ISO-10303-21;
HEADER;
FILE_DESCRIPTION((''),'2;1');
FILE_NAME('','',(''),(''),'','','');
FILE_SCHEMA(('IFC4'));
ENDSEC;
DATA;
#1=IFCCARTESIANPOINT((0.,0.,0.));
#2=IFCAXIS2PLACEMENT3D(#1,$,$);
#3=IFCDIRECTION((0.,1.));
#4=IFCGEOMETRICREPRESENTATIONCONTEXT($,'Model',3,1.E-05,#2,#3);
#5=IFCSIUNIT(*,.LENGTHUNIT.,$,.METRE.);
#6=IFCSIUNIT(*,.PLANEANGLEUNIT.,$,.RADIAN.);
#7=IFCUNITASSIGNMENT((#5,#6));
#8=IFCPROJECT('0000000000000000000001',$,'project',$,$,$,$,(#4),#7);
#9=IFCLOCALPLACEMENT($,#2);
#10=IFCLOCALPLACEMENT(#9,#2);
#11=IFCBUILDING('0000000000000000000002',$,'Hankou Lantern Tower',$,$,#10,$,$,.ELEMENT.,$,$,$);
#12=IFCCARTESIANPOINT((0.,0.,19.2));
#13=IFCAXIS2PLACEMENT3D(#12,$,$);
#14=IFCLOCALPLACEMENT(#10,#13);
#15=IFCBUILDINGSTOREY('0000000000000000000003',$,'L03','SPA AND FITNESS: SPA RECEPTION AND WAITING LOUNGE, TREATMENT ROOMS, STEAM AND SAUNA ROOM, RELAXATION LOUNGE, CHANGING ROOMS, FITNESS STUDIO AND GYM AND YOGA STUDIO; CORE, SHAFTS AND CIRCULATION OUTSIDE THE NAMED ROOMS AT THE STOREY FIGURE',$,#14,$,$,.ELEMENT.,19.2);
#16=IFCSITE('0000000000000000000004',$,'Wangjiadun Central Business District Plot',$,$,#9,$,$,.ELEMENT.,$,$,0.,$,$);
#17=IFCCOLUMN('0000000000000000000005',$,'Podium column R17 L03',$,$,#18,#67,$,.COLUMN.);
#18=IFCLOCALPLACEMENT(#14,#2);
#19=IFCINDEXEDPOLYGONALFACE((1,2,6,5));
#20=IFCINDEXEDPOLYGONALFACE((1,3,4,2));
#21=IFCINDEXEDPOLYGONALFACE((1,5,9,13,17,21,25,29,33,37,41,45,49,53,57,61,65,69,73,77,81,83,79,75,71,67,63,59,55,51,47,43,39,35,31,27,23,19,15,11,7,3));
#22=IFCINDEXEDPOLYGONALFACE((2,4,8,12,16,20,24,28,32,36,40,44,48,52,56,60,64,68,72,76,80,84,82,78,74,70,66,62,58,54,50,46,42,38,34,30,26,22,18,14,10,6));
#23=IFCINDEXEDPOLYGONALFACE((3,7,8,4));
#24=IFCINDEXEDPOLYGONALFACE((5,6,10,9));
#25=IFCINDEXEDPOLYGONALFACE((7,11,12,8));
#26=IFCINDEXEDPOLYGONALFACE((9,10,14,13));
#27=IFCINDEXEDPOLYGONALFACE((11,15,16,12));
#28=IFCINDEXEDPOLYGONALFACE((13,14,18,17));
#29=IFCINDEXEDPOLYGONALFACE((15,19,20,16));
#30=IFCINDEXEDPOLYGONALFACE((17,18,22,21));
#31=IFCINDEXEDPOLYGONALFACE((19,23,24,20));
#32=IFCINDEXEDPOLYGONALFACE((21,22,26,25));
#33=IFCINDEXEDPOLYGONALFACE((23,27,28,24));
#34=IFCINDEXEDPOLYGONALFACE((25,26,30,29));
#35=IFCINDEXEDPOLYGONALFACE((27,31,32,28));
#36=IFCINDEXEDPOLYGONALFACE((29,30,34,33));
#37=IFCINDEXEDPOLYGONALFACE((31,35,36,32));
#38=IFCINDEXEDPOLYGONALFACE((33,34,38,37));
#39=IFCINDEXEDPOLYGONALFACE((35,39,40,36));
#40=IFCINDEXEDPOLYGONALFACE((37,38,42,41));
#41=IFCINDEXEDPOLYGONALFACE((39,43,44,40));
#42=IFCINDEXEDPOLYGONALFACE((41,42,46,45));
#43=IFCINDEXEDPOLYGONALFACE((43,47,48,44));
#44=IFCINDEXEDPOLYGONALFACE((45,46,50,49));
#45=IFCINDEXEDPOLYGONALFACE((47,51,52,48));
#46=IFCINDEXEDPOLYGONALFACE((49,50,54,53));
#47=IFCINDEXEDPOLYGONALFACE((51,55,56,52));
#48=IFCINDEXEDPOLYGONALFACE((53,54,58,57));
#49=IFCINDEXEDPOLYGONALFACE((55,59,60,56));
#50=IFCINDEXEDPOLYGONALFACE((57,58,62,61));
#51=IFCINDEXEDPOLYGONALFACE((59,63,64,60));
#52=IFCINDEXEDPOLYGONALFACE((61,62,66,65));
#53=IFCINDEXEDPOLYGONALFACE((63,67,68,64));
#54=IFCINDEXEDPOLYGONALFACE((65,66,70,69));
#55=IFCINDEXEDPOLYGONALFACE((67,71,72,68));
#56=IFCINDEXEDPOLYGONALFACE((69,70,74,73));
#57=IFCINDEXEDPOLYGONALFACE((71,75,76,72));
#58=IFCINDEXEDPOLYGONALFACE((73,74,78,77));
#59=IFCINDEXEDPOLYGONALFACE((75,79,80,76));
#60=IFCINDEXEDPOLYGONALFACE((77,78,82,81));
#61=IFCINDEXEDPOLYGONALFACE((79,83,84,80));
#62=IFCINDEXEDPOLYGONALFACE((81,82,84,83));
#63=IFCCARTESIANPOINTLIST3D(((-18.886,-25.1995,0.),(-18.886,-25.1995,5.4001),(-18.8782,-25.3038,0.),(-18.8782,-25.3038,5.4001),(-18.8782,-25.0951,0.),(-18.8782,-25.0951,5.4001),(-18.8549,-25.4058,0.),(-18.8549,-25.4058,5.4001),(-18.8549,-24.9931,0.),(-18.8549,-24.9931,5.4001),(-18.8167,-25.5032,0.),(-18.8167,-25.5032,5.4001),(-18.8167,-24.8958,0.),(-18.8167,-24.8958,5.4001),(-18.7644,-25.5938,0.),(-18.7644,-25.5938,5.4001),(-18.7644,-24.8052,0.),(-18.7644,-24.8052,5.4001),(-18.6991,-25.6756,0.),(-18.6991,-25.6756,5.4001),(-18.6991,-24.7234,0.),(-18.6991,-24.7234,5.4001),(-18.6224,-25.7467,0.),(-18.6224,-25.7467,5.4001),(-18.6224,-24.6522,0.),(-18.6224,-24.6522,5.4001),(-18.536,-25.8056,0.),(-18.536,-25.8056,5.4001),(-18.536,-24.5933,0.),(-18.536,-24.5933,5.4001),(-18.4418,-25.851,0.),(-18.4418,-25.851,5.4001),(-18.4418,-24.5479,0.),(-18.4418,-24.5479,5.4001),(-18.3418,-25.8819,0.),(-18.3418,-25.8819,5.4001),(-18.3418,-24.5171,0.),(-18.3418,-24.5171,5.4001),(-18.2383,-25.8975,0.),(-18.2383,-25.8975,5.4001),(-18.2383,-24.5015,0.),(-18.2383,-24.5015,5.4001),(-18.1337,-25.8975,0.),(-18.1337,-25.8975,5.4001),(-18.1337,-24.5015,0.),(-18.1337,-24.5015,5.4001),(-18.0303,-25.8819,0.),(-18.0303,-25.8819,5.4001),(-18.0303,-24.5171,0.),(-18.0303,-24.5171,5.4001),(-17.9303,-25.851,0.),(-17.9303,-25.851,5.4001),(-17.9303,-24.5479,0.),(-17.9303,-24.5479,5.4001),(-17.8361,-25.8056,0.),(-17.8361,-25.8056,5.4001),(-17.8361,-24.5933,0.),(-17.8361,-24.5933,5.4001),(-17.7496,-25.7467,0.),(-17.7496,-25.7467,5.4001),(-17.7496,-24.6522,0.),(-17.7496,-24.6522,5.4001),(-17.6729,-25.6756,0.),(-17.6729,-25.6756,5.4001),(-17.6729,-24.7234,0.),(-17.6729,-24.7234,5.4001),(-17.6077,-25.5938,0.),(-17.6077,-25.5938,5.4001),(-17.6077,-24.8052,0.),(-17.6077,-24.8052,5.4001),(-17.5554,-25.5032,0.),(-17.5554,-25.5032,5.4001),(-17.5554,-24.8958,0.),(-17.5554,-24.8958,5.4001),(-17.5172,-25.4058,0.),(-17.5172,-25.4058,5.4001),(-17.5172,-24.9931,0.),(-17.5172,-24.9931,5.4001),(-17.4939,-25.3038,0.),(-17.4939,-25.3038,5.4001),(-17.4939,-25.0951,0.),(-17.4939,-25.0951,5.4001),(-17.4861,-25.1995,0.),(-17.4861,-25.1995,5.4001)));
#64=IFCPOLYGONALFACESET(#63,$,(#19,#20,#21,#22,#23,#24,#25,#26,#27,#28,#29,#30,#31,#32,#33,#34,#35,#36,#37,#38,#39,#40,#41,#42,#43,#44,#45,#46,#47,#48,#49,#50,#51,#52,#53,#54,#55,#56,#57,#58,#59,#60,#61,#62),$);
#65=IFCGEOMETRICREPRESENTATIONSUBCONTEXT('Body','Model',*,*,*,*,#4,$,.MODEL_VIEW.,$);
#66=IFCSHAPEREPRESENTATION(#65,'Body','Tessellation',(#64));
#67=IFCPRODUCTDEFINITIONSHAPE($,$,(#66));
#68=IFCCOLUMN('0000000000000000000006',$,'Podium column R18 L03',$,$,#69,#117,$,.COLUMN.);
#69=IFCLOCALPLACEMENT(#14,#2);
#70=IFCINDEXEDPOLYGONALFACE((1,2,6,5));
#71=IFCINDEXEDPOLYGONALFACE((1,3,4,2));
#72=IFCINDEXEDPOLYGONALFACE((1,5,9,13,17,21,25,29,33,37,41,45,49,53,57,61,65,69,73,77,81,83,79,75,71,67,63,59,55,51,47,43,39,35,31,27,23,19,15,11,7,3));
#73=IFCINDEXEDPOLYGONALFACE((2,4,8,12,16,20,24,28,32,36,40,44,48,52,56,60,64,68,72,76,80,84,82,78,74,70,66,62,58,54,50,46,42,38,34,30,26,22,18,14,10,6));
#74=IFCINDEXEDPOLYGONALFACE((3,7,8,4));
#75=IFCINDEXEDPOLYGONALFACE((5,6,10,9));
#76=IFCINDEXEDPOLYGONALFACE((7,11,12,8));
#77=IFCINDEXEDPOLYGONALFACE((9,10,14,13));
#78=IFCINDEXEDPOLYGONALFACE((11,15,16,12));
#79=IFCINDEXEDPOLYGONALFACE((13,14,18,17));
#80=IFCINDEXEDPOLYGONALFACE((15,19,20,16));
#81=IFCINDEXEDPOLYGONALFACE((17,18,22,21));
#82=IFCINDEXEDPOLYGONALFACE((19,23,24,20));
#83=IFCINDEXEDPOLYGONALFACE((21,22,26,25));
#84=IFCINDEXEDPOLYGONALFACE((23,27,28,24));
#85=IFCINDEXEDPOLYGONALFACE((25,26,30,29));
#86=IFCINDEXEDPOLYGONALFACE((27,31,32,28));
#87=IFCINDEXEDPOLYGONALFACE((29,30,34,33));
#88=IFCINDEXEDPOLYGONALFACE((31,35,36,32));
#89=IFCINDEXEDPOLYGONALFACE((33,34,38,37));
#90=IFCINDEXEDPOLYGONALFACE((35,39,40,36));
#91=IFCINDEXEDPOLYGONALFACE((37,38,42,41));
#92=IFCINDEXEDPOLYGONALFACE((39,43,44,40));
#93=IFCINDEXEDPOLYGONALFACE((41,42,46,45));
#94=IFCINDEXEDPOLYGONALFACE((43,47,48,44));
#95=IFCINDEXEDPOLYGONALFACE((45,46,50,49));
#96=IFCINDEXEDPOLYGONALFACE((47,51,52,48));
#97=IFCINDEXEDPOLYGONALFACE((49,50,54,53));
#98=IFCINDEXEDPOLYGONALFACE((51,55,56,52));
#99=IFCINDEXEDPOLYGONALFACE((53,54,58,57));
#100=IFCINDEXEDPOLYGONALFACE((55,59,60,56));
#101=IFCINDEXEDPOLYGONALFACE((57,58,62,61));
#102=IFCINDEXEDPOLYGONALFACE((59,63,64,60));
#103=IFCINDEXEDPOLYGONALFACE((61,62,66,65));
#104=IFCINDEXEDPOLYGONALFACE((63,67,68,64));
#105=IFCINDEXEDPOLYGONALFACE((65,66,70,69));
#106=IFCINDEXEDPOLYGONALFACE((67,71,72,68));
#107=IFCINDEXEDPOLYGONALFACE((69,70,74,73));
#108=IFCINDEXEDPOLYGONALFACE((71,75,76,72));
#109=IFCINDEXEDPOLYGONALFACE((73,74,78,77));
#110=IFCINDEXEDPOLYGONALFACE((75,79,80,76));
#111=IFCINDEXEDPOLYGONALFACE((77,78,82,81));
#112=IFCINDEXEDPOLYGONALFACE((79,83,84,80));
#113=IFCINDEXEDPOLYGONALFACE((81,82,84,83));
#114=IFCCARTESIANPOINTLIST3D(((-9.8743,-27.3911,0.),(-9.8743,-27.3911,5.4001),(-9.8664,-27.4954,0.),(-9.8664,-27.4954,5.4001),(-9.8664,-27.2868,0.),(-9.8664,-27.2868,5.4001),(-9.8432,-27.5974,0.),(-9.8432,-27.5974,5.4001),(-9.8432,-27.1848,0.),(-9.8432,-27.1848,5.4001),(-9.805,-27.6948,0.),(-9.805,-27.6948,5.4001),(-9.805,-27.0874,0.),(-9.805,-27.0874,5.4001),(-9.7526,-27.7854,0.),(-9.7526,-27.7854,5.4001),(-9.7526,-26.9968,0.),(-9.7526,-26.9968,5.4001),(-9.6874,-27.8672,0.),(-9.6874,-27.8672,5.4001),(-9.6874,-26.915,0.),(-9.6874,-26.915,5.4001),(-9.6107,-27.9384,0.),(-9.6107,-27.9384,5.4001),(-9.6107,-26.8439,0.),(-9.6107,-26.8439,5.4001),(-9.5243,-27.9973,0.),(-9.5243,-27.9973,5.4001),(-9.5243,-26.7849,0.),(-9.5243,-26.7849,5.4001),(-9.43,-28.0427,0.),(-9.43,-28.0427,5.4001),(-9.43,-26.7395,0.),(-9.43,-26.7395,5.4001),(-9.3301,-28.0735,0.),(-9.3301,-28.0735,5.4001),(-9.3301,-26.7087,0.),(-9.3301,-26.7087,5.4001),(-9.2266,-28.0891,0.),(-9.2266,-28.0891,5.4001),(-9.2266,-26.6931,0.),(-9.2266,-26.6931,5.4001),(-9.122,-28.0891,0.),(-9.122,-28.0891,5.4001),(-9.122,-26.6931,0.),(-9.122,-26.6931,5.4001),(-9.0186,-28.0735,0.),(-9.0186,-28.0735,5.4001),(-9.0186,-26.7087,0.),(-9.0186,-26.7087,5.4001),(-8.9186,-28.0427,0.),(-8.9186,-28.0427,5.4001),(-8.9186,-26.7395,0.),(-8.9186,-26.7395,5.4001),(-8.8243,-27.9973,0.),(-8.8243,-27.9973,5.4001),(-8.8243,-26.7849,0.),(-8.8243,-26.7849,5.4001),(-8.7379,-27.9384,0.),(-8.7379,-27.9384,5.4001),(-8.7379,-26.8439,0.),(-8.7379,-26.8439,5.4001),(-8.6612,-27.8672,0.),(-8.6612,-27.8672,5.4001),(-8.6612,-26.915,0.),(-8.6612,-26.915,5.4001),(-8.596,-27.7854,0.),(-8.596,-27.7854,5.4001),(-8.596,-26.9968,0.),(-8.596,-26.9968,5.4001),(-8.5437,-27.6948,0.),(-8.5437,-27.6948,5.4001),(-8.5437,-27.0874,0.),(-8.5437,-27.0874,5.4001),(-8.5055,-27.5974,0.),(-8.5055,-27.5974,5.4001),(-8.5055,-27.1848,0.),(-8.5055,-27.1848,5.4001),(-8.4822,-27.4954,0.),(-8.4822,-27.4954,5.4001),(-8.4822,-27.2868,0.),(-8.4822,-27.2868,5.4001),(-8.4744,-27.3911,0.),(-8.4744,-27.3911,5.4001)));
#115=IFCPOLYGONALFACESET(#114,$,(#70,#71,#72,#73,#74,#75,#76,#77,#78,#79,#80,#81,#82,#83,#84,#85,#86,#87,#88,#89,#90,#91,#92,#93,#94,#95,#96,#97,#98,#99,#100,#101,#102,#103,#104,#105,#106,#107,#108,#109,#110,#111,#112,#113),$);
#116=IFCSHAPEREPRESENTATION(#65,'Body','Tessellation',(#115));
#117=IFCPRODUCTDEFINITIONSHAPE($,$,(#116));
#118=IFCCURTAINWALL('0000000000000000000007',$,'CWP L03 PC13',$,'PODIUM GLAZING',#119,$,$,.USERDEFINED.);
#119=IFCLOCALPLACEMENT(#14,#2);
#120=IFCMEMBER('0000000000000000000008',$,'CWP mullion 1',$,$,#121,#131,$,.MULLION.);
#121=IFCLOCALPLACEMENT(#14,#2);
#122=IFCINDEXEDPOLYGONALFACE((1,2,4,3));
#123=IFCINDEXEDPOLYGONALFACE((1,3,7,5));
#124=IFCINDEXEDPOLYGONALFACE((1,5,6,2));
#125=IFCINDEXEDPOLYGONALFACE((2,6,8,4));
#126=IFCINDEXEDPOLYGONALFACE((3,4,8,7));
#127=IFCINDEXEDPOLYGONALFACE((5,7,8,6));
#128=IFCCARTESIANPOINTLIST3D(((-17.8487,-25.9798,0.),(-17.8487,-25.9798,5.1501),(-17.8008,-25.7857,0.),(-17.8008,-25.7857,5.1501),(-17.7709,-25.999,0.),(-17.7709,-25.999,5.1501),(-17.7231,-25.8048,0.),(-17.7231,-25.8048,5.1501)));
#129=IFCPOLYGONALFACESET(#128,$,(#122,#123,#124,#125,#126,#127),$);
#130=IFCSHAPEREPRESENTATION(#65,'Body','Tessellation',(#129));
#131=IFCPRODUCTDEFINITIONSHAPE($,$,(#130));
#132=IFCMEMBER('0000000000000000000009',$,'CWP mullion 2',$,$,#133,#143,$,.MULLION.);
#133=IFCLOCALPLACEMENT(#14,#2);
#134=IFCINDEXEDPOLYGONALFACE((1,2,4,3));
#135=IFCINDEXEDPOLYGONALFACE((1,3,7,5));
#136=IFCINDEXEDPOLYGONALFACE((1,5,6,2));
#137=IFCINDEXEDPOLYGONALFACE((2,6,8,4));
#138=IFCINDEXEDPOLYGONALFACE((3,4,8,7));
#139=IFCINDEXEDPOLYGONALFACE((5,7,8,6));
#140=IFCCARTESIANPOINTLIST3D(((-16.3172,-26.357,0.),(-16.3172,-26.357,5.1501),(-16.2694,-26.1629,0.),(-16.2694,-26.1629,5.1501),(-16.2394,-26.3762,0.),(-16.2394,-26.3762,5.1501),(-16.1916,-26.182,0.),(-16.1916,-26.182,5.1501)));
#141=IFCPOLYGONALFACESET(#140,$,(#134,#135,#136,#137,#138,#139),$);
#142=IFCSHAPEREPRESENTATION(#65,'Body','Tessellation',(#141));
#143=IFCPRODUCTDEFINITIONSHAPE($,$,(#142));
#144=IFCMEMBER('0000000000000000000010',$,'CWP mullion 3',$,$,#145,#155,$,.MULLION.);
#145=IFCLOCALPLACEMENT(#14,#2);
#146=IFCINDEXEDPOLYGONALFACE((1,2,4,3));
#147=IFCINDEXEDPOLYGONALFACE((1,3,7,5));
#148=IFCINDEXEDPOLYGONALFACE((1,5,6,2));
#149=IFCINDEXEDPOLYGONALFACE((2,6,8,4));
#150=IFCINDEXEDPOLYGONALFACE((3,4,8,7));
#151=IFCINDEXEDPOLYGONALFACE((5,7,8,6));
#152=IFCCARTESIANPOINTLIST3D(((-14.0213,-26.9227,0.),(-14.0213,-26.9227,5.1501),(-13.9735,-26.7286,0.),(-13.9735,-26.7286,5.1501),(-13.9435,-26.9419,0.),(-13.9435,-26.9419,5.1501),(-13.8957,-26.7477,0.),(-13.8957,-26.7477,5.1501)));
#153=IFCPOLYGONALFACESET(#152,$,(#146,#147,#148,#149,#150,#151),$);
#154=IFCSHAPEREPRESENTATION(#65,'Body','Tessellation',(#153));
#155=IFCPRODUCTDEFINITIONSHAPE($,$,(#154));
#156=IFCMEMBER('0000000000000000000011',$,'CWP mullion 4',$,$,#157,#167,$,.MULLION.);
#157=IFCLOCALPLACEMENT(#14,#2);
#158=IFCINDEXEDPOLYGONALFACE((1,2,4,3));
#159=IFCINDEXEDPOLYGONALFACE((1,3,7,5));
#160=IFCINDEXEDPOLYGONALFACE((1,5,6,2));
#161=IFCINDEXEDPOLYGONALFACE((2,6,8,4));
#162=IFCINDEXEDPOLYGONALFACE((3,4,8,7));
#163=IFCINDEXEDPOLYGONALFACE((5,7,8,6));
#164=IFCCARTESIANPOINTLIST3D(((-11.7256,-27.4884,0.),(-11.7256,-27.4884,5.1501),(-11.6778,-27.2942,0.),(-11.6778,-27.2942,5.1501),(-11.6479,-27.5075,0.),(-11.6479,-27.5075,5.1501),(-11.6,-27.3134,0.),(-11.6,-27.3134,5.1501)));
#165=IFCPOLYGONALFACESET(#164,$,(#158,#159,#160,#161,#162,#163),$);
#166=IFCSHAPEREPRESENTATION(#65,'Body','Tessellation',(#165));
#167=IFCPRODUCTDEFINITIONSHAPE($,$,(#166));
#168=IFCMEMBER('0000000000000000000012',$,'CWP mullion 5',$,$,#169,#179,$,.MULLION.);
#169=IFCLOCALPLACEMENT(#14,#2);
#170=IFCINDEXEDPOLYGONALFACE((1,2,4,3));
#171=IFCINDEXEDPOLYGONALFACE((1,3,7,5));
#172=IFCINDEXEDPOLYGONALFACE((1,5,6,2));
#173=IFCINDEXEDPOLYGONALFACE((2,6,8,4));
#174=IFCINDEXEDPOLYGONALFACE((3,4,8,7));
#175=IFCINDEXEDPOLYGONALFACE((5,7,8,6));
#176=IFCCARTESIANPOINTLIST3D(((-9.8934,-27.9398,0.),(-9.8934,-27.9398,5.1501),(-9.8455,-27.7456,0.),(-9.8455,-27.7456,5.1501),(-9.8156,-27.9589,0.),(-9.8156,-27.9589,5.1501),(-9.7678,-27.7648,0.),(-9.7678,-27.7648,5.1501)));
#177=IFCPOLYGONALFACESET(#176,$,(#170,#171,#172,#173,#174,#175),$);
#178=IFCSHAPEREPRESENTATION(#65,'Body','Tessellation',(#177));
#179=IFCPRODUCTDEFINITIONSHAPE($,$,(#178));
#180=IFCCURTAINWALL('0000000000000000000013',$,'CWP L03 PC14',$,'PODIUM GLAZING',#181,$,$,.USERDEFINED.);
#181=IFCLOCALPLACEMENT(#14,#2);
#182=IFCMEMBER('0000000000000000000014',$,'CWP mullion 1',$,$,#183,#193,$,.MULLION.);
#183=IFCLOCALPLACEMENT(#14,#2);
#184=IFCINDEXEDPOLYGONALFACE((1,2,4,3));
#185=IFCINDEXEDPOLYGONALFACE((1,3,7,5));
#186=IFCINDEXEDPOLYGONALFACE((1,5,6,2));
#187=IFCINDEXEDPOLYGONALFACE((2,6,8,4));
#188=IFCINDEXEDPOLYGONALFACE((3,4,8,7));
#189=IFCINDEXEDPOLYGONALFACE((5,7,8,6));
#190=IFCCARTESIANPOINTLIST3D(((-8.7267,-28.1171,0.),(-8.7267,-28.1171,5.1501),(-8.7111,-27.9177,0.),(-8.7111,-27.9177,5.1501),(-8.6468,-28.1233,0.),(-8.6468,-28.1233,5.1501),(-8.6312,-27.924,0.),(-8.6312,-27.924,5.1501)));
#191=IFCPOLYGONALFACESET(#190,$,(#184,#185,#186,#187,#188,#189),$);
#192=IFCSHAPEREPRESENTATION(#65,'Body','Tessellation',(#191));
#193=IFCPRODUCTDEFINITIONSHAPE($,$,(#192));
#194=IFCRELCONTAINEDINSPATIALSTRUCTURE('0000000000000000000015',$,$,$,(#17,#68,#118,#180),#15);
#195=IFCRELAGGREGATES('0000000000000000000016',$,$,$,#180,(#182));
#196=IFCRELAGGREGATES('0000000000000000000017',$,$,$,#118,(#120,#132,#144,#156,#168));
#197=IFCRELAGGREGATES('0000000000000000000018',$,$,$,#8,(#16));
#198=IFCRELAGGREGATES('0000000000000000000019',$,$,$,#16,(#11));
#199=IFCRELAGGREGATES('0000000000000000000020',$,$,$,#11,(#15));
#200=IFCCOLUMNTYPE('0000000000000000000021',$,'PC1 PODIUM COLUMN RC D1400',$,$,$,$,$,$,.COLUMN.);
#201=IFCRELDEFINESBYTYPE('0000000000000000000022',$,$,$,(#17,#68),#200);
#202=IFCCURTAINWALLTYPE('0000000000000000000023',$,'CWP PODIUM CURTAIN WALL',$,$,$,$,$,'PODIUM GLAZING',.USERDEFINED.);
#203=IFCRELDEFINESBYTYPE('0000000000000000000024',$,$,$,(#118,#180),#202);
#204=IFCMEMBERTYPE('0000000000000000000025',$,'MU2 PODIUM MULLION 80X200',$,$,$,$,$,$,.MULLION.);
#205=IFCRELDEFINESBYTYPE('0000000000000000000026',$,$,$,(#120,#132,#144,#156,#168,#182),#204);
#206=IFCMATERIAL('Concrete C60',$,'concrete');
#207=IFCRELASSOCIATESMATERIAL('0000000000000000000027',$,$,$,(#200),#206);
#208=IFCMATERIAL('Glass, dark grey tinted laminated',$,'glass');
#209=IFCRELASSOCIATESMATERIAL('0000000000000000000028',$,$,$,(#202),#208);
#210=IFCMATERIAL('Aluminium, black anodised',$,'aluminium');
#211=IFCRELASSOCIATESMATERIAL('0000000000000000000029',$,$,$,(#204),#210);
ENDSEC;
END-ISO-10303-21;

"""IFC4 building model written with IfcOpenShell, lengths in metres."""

from ifc_helpers import new_model, si_unit, direction, frame, origin, origin_2d, place, context, subcontext, project, spatial, rectangle, circle, extrude, material, material_profile, profile_set, type_object, element, aggregate, save


model = new_model("IFC4")

# Units and contexts
model_context = context("Model", 3, precision=1e-05, world=origin(), true_north=direction((0.0, 1.0)))
body_context = subcontext(model_context, "Body", "Model", "MODEL_VIEW")
ifc_project = project(units=[si_unit("LENGTHUNIT", "METRE"), si_unit("PLANEANGLEUNIT", "RADIAN")], contexts=[model_context])

# Site, building, storey
site_placement = place(None, origin())
site = spatial("IfcSite", under=ifc_project, at=site_placement, Name="Wangjiadun Central Business District Plot", CompositionType="ELEMENT", RefElevation=0.0)
building_placement = place(site_placement, origin())
building = spatial("IfcBuilding", under=site, at=building_placement, Name="Hankou Lantern Tower", CompositionType="ELEMENT")
storey_placement = place(building_placement, frame((0.0, 0.0, 19.2)))
storey = spatial("IfcBuildingStorey", under=building, at=storey_placement, Name="L03", Description="SPA AND FITNESS: SPA RECEPTION AND WAITING LOUNGE, TREATMENT ROOMS, STEAM AND SAUNA ROOM, RELAXATION LOUNGE, CHANGING ROOMS, FITNESS STUDIO AND GYM AND YOGA STUDIO; CORE, SHAFTS AND CIRCULATION OUTSIDE THE NAMED ROOMS AT THE STOREY FIGURE", CompositionType="ELEMENT", Elevation=19.2)

# Columns
ifc_material_1 = material(Name="Concrete C60", Category="concrete")
ifc_material_profile_1 = material_profile(ifc_material_1, circle(Radius=0.7, at=origin_2d()), Name="RC D1400")
ifc_profile_set_1 = profile_set([ifc_material_profile_1], Name="Concrete C60")
column_type = type_object("IfcColumnType", Name="PC1 PODIUM COLUMN RC D1400", PredefinedType="COLUMN", material=ifc_profile_set_1)
for number, where, z_axis, x_axis, name in (
    (1, (-18.186, -25.1995, 0.0), (0.0, 0.0, 1.0), (1.0, 0.0, 0.0), "Podium column R17 L03"),
    (2, (-9.1743, -27.3911, 0.0), (0.0, 0.0, 1.0), (1.0, 0.0, 0.0), "Podium column R18 L03"),
):
    element("IfcColumn", number, at=place(storey_placement, frame(where, z_axis=z_axis, x_axis=x_axis)), inside=storey, type_object=column_type, Name=name, PredefinedType="COLUMN", context=body_context, shape_type="SweptSolid", body=[
        extrude(circle(Radius=0.7, at=origin_2d()), origin(), (0.0, 0.0, 1.0), 5.4001),
    ])

# Curtain wall, members
ifc_material_2 = material(Name="Glass, dark grey tinted laminated", Category="glass")
curtain_wall_type = type_object("IfcCurtainWallType", Name="CWP PODIUM CURTAIN WALL", ElementType="PODIUM GLAZING", PredefinedType="USERDEFINED", material=ifc_material_2)
curtain_wall_1_placement = place(storey_placement, origin())
curtain_wall_1 = element("IfcCurtainWall", 3, at=curtain_wall_1_placement, inside=storey, type_object=curtain_wall_type, Name="CWP L03 PC13", ObjectType="PODIUM GLAZING", PredefinedType="USERDEFINED")
ifc_material_3 = material(Name="Aluminium, black anodised", Category="aluminium")
ifc_material_profile_2 = material_profile(ifc_material_3, rectangle(XDim=0.0801, YDim=0.2, at=origin_2d()), Name="MU2 80X200")
ifc_profile_set_2 = profile_set([ifc_material_profile_2], Name="Aluminium, black anodised")
member_type_1 = type_object("IfcMemberType", Name="MU2 PODIUM MULLION 80X200", PredefinedType="MULLION", material=ifc_profile_set_2)
member_1_placement = place(storey_placement, frame((-17.7859, -25.8923, 0.0), z_axis=(0.0, 0.0, 1.0), x_axis=(0.970961, -0.239238, 0.0)))
member_1 = element("IfcMember", 4, at=member_1_placement, type_object=member_type_1, Name="CWP mullion 1", PredefinedType="MULLION", context=body_context, shape_type="SweptSolid", body=[
    extrude(rectangle(XDim=0.0801, YDim=0.2, at=origin_2d()), origin(), (0.0, 0.0, 1.0), 5.1501),
])
member_2_placement = place(storey_placement, frame((-16.2544, -26.2695, 0.0), z_axis=(0.0, 0.0, 1.0), x_axis=(0.970961, -0.239238, 0.0)))
member_2 = element("IfcMember", 5, at=member_2_placement, type_object=member_type_1, Name="CWP mullion 2", PredefinedType="MULLION", context=body_context, shape_type="SweptSolid", body=[
    extrude(rectangle(XDim=0.0801, YDim=0.2, at=origin_2d()), origin(), (0.0, 0.0, 1.0), 5.1501),
])
member_3_placement = place(storey_placement, frame((-13.9585, -26.8352, 0.0), z_axis=(0.0, 0.0, 1.0), x_axis=(0.970961, -0.239238, 0.0)))
member_3 = element("IfcMember", 6, at=member_3_placement, type_object=member_type_1, Name="CWP mullion 3", PredefinedType="MULLION", context=body_context, shape_type="SweptSolid", body=[
    extrude(rectangle(XDim=0.0801, YDim=0.2, at=origin_2d()), origin(), (0.0, 0.0, 1.0), 5.1501),
])
member_4_placement = place(storey_placement, frame((-11.6628, -27.4009, 0.0), z_axis=(0.0, 0.0, 1.0), x_axis=(0.970961, -0.239238, 0.0)))
member_4 = element("IfcMember", 7, at=member_4_placement, type_object=member_type_1, Name="CWP mullion 4", PredefinedType="MULLION", context=body_context, shape_type="SweptSolid", body=[
    extrude(rectangle(XDim=0.0801, YDim=0.2, at=origin_2d()), origin(), (0.0, 0.0, 1.0), 5.1501),
])
member_5_placement = place(storey_placement, frame((-9.8306, -27.8523, 0.0), z_axis=(0.0, 0.0, 1.0), x_axis=(0.970961, -0.239238, 0.0)))
member_5 = element("IfcMember", 8, at=member_5_placement, type_object=member_type_1, Name="CWP mullion 5", PredefinedType="MULLION", context=body_context, shape_type="SweptSolid", body=[
    extrude(rectangle(XDim=0.0801, YDim=0.2, at=origin_2d()), origin(), (0.0, 0.0, 1.0), 5.1501),
])

# Curtain wall, member
curtain_wall_2_placement = place(storey_placement, origin())
curtain_wall_2 = element("IfcCurtainWall", 9, at=curtain_wall_2_placement, inside=storey, type_object=curtain_wall_type, Name="CWP L03 PC14", ObjectType="PODIUM GLAZING", PredefinedType="USERDEFINED")
member_6_placement = place(storey_placement, frame((-8.679, -28.0205, 0.0), z_axis=(0.0, 0.0, 1.0), x_axis=(0.996949, -0.078062, 0.0)))
member_6 = element("IfcMember", 10, at=member_6_placement, type_object=member_type_1, Name="CWP mullion 1", PredefinedType="MULLION", context=body_context, shape_type="SweptSolid", body=[
    extrude(rectangle(XDim=0.0801, YDim=0.2, at=origin_2d()), origin(), (0.0, 0.0, 1.0), 5.1501),
])
aggregate(curtain_wall_2, [member_6])

aggregate(curtain_wall_1, [member_1, member_2, member_3, member_4, member_5])

save(model, "model.ifc")
